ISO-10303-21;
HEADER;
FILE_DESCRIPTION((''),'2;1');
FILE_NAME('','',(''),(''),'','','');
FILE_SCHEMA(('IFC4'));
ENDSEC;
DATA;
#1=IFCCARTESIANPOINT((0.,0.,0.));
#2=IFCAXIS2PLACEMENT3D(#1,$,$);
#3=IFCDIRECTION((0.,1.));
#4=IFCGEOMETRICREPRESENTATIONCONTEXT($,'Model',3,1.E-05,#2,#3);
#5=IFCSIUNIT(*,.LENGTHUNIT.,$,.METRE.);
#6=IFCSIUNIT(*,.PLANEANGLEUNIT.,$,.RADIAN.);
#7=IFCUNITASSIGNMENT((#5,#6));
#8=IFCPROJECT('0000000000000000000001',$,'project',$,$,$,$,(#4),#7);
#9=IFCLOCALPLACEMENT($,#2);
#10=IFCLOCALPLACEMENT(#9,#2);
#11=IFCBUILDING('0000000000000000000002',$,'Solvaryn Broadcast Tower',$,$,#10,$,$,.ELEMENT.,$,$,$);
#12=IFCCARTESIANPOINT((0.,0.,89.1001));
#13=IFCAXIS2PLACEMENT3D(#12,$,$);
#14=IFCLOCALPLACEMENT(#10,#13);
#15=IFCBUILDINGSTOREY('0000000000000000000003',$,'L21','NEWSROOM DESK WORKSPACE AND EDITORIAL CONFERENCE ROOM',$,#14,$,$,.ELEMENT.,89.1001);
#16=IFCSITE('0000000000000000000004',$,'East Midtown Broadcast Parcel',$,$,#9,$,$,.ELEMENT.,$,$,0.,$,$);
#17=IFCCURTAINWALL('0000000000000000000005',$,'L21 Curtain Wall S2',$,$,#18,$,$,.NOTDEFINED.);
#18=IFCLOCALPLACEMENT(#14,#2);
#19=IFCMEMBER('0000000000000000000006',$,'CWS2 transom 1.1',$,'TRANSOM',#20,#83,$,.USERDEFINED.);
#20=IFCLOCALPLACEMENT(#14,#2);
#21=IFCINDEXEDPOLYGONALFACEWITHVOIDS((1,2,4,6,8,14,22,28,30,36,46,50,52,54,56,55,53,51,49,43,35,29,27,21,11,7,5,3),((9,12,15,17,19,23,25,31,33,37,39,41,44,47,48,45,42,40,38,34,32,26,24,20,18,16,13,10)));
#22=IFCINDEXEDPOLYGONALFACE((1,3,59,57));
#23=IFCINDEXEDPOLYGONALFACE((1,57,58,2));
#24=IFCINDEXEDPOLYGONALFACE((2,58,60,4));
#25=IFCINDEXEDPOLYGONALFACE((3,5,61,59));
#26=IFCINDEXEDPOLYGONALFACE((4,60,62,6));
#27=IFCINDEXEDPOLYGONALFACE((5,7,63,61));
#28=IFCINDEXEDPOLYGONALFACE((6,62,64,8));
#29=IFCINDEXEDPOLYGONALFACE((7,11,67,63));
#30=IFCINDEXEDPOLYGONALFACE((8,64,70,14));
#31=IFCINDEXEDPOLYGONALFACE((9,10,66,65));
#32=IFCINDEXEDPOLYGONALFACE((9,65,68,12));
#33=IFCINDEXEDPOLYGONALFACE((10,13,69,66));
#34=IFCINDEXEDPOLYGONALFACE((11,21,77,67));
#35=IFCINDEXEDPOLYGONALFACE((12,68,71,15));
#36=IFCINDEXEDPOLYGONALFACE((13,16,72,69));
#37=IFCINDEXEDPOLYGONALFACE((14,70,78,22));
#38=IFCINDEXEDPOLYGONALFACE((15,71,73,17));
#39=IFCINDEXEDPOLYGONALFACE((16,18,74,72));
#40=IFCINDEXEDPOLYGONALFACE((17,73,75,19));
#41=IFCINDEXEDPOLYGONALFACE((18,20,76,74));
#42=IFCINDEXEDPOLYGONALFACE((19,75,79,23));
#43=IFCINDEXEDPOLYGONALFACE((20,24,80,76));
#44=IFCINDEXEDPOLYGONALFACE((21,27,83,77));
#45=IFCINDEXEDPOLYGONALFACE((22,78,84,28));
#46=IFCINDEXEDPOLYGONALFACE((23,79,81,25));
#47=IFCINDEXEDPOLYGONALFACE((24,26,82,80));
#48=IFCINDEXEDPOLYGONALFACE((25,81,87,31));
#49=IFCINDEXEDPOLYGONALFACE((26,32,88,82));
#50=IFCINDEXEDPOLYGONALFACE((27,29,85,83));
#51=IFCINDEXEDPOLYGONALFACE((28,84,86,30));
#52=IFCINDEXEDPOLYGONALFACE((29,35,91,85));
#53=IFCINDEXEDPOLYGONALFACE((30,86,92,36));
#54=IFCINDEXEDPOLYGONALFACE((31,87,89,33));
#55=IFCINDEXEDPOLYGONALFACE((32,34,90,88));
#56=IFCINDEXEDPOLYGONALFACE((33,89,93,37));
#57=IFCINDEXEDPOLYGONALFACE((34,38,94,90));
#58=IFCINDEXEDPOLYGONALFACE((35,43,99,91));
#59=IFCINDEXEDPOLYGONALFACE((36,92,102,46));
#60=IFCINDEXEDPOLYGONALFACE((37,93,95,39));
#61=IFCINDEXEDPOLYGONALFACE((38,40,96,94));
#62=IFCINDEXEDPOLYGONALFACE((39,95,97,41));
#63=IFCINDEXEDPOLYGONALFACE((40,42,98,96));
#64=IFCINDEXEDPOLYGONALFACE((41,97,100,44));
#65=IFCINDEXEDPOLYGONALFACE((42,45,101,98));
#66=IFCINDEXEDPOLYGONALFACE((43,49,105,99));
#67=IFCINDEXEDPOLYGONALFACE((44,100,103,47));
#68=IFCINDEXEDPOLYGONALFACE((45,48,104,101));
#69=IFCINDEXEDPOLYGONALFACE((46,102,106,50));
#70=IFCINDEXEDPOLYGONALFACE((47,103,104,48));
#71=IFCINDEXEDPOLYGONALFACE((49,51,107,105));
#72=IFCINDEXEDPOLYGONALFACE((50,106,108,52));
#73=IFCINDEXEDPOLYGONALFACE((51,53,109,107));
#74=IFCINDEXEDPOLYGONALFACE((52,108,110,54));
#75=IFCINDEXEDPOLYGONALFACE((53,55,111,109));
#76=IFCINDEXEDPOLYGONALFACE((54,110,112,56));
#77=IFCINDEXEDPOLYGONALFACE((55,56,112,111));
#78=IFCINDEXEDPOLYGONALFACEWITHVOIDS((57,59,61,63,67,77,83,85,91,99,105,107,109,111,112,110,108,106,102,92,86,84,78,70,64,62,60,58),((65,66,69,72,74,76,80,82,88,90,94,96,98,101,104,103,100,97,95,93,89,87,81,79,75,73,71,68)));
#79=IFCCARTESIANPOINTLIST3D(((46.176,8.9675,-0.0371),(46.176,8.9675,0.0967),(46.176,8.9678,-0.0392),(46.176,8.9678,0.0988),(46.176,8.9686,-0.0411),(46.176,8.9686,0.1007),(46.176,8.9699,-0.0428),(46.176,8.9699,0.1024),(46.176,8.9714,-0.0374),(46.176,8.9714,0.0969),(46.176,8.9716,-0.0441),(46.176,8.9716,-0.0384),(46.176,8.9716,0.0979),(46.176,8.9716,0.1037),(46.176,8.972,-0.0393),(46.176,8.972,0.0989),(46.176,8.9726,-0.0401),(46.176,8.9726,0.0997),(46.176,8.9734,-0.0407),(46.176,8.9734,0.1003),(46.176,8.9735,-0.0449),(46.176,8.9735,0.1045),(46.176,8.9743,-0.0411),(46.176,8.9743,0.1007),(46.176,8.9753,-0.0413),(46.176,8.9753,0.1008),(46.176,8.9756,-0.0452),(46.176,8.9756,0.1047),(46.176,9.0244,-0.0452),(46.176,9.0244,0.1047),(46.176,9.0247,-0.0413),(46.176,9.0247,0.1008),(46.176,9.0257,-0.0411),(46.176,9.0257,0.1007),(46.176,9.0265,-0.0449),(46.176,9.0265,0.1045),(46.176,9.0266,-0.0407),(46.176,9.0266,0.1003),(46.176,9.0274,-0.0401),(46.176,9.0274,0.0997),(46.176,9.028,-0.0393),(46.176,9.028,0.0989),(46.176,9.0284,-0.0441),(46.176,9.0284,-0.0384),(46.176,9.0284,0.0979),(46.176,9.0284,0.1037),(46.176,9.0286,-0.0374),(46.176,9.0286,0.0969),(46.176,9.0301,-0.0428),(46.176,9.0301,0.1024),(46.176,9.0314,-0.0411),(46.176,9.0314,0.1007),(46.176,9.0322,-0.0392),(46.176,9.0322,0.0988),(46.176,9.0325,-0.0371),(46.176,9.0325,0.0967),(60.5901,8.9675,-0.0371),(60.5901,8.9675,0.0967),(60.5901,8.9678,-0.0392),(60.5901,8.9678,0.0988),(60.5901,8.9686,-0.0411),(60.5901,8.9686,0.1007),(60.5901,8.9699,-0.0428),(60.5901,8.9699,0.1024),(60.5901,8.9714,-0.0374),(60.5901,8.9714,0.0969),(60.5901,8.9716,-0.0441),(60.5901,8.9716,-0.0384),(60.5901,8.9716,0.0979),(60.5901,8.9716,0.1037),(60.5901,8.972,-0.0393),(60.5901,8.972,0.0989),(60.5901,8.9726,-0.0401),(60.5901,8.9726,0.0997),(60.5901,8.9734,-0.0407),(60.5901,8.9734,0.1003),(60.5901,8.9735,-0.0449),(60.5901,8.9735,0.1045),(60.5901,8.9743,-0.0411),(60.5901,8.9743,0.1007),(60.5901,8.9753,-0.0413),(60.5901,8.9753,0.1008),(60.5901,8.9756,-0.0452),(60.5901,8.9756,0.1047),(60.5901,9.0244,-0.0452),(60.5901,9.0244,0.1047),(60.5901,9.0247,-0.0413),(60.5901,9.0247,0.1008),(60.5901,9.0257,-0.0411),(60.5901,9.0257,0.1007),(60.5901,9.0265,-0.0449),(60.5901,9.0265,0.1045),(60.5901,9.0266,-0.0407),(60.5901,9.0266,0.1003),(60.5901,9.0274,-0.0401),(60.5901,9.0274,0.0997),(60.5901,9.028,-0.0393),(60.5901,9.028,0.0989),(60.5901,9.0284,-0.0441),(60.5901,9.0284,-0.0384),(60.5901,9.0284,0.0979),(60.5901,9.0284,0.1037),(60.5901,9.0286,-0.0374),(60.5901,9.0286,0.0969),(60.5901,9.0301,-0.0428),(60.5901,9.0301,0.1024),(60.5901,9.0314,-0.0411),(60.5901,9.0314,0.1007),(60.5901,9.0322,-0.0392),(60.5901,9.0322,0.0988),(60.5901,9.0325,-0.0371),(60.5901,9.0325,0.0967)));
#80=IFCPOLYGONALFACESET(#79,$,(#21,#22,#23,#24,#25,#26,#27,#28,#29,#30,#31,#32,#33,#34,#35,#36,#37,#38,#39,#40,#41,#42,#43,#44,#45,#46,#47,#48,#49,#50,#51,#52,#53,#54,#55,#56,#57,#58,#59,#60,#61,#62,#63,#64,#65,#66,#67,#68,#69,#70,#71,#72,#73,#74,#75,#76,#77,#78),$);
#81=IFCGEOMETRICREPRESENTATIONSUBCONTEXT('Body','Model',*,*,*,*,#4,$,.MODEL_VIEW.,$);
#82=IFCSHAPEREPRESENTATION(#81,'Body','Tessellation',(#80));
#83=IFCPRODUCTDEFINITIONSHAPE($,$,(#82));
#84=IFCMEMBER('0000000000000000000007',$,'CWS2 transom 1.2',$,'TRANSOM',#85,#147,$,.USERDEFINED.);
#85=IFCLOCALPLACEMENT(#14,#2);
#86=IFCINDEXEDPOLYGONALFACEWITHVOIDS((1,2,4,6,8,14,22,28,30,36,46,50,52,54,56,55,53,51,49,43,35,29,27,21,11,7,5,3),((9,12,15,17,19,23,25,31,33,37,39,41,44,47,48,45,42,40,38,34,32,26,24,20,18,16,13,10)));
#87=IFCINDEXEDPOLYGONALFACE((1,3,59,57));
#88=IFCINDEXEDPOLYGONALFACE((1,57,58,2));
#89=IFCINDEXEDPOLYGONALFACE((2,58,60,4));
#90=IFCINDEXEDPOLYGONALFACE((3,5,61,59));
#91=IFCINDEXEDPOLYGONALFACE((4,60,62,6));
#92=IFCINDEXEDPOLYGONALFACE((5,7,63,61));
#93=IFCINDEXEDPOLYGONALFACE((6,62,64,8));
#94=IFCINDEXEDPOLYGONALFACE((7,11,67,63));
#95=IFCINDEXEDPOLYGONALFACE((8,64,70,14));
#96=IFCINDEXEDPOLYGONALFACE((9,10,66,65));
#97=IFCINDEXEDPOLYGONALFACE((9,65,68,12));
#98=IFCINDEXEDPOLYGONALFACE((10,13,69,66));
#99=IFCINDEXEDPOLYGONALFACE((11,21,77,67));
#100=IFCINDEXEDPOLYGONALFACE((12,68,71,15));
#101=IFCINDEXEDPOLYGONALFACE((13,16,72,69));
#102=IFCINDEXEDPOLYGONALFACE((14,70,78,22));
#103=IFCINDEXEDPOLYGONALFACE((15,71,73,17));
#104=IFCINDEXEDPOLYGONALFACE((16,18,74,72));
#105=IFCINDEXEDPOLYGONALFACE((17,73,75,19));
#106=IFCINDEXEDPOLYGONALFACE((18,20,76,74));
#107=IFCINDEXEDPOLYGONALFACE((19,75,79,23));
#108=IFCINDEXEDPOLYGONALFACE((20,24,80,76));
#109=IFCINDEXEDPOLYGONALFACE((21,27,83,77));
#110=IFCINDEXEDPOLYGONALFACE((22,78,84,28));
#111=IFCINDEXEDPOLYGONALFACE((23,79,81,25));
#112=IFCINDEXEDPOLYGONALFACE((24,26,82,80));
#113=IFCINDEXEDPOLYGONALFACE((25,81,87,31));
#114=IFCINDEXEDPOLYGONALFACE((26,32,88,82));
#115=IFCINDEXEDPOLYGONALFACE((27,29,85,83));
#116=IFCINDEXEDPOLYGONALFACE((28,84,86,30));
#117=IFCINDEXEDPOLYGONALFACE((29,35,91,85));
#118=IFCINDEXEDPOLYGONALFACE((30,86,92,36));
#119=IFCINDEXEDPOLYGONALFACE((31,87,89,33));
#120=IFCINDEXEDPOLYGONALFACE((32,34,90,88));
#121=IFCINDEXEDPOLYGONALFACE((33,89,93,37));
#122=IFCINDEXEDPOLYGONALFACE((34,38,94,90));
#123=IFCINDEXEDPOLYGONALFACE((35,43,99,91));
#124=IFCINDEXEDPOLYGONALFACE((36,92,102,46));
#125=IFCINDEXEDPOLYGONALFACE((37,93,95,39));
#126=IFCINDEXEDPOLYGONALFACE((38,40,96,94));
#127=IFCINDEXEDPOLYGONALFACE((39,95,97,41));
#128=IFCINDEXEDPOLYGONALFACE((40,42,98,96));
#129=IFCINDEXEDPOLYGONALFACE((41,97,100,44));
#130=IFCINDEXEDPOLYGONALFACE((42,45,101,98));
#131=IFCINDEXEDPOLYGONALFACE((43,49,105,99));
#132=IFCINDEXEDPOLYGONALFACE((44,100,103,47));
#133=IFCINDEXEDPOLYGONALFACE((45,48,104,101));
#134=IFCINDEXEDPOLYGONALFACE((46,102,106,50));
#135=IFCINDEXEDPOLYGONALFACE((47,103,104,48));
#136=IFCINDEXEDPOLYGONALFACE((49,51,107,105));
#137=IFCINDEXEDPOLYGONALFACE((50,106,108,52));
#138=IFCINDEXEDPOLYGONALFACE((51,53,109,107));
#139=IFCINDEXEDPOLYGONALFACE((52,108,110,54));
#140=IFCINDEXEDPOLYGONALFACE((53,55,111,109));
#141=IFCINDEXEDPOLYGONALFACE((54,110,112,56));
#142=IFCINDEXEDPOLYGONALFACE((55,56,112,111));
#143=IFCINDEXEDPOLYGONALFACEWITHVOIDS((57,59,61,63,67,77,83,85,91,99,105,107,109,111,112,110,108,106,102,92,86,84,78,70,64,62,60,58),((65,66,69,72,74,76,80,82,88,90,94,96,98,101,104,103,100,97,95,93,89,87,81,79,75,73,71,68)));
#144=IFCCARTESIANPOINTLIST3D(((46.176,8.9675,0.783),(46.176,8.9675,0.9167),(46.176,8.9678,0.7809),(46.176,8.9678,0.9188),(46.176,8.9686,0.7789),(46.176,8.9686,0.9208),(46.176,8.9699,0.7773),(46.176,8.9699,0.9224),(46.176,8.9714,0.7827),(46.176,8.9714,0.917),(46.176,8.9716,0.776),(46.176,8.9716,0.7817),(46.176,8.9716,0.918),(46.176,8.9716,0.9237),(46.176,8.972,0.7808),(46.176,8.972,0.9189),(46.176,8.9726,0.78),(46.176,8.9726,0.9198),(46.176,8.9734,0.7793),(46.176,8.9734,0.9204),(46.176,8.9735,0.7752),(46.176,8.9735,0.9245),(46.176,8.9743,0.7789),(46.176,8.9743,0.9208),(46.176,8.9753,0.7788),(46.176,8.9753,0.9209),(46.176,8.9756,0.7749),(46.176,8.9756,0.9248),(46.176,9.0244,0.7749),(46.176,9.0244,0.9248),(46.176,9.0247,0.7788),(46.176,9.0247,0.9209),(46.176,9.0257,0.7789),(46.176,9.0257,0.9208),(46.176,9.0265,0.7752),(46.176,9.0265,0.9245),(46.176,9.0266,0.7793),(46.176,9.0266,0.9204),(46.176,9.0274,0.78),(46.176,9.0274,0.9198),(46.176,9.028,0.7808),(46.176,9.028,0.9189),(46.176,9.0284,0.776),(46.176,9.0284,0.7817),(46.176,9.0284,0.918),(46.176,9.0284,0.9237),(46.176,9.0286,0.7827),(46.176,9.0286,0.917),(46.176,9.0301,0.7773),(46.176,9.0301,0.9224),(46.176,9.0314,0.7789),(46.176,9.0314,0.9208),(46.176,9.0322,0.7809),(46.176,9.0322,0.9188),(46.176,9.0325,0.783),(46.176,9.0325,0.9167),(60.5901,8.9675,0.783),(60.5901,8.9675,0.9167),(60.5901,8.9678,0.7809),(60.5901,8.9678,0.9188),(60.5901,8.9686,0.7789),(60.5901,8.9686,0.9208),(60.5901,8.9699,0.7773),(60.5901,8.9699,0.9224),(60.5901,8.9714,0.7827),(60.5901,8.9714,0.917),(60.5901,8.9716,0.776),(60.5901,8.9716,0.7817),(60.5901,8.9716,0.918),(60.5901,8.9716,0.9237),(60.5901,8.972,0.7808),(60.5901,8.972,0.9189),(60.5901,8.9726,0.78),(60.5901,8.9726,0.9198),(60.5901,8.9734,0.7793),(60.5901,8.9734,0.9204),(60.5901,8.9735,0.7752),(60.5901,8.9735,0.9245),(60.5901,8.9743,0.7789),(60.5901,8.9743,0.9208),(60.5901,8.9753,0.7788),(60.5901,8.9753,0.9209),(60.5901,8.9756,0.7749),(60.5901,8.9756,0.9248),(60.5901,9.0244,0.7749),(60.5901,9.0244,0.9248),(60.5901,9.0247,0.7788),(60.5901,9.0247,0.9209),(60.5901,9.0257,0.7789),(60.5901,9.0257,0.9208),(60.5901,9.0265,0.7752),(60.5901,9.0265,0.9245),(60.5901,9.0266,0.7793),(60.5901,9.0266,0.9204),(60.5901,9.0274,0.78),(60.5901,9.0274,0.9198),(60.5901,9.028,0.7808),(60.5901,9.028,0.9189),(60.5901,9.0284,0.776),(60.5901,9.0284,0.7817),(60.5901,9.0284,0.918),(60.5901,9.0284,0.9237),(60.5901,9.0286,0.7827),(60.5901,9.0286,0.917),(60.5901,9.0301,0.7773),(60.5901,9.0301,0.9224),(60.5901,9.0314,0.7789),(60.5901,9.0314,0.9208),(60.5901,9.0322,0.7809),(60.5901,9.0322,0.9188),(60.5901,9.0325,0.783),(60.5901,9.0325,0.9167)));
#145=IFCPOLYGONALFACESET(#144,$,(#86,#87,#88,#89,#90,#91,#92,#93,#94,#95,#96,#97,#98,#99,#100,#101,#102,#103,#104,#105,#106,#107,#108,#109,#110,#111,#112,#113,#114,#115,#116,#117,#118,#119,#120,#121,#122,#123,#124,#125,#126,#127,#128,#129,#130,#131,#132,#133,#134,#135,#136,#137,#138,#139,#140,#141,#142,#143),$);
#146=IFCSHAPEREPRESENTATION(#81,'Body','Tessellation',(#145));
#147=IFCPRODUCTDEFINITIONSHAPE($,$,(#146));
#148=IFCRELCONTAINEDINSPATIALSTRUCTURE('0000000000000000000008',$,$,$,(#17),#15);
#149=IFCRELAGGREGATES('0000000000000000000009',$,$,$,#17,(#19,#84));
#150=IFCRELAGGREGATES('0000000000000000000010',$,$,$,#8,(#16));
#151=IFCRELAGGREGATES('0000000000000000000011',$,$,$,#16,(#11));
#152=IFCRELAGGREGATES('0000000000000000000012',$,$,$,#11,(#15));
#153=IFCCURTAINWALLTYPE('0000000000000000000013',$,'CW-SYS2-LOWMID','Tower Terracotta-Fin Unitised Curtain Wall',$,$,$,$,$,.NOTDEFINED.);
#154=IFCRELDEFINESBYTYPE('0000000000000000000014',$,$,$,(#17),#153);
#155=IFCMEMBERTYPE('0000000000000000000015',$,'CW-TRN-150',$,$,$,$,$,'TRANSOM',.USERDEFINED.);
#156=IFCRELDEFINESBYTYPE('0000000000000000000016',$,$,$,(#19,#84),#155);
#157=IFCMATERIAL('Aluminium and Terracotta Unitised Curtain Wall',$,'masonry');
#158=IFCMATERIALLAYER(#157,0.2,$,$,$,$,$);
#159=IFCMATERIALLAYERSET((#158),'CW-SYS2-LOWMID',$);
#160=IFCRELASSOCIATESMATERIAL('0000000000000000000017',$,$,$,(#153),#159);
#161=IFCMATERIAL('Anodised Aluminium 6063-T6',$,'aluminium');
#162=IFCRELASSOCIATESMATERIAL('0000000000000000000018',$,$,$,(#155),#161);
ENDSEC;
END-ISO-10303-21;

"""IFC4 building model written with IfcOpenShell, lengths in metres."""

from ifc_helpers import new_model, si_unit, direction, frame, origin, origin_2d, place, context, subcontext, project, spatial, hollow_rectangle, extrude, material, layer, layer_set, material_profile, profile_set, type_object, element, aggregate, save


model = new_model("IFC4")

# Units and contexts
model_context = context("Model", 3, precision=1e-05, world=origin(), true_north=direction((0.0, 1.0)))
body_context = subcontext(model_context, "Body", "Model", "MODEL_VIEW")
ifc_project = project(units=[si_unit("LENGTHUNIT", "METRE"), si_unit("PLANEANGLEUNIT", "RADIAN")], contexts=[model_context])

# Site, building, storey
site_placement = place(None, origin())
site = spatial("IfcSite", under=ifc_project, at=site_placement, Name="East Midtown Broadcast Parcel", CompositionType="ELEMENT", RefElevation=0.0)
building_placement = place(site_placement, origin())
building = spatial("IfcBuilding", under=site, at=building_placement, Name="Solvaryn Broadcast Tower", CompositionType="ELEMENT")
storey_placement = place(building_placement, frame((0.0, 0.0, 89.1001)))
storey = spatial("IfcBuildingStorey", under=building, at=storey_placement, Name="L21", Description="NEWSROOM DESK WORKSPACE AND EDITORIAL CONFERENCE ROOM", CompositionType="ELEMENT", Elevation=89.1001)

# Shared definitions
ifc_material_1 = material(Name="Aluminium and Terracotta Unitised Curtain Wall", Category="masonry")
ifc_layer_1 = layer(ifc_material_1, 0.2)
ifc_layer_set_1 = layer_set([ifc_layer_1], Name="CW-SYS2-LOWMID")
curtain_wall_type = type_object("IfcCurtainWallType", Name="CW-SYS2-LOWMID", Description="Tower Terracotta-Fin Unitised Curtain Wall", PredefinedType="NOTDEFINED", material=ifc_layer_set_1)

# Curtain wall, members
curtain_wall_1_placement = place(storey_placement, origin())
curtain_wall_1 = element("IfcCurtainWall", 1, at=curtain_wall_1_placement, inside=storey, type_object=curtain_wall_type, Name="L21 Curtain Wall S2", PredefinedType="NOTDEFINED")
ifc_material_2 = material(Name="Anodised Aluminium 6063-T6", Category="aluminium")
ifc_material_profile_1 = material_profile(ifc_material_2, hollow_rectangle(XDim=0.0649, YDim=0.1499, WallThickness=0.0039, InnerFilletRadius=0.0039, OuterFilletRadius=0.0081, at=origin_2d()))
ifc_profile_set_1 = profile_set([ifc_material_profile_1], Name="Anodised Aluminium 6063-T6")
member_type_1 = type_object("IfcMemberType", Name="CW-TRN-150", ElementType="TRANSOM", PredefinedType="USERDEFINED", material=ifc_profile_set_1)
member_1_placement = place(storey_placement, frame((46.176, 9.0, 0.0298), z_axis=(1.0, 0.0, 0.0), x_axis=(0.0, 1.0, 0.0)))
member_1 = element("IfcMember", 2, at=member_1_placement, type_object=member_type_1, Name="CWS2 transom 1.1", ObjectType="TRANSOM", PredefinedType="USERDEFINED", context=body_context, shape_type="SweptSolid", body=[
    extrude(hollow_rectangle(XDim=0.0649, YDim=0.1499, WallThickness=0.0039, InnerFilletRadius=0.0039, OuterFilletRadius=0.0081, at=origin_2d()), origin(), (0.0, 0.0, 1.0), 14.4141),
])
member_2_placement = place(storey_placement, frame((46.176, 9.0, 0.8499), z_axis=(1.0, 0.0, 0.0), x_axis=(0.0, 1.0, 0.0)))
member_2 = element("IfcMember", 3, at=member_2_placement, type_object=member_type_1, Name="CWS2 transom 1.2", ObjectType="TRANSOM", PredefinedType="USERDEFINED", context=body_context, shape_type="SweptSolid", body=[
    extrude(hollow_rectangle(XDim=0.0649, YDim=0.1499, WallThickness=0.0039, InnerFilletRadius=0.0039, OuterFilletRadius=0.0081, at=origin_2d()), origin(), (0.0, 0.0, 1.0), 14.4141),
])
aggregate(curtain_wall_1, [member_1, member_2])

save(model, "model.ifc")
